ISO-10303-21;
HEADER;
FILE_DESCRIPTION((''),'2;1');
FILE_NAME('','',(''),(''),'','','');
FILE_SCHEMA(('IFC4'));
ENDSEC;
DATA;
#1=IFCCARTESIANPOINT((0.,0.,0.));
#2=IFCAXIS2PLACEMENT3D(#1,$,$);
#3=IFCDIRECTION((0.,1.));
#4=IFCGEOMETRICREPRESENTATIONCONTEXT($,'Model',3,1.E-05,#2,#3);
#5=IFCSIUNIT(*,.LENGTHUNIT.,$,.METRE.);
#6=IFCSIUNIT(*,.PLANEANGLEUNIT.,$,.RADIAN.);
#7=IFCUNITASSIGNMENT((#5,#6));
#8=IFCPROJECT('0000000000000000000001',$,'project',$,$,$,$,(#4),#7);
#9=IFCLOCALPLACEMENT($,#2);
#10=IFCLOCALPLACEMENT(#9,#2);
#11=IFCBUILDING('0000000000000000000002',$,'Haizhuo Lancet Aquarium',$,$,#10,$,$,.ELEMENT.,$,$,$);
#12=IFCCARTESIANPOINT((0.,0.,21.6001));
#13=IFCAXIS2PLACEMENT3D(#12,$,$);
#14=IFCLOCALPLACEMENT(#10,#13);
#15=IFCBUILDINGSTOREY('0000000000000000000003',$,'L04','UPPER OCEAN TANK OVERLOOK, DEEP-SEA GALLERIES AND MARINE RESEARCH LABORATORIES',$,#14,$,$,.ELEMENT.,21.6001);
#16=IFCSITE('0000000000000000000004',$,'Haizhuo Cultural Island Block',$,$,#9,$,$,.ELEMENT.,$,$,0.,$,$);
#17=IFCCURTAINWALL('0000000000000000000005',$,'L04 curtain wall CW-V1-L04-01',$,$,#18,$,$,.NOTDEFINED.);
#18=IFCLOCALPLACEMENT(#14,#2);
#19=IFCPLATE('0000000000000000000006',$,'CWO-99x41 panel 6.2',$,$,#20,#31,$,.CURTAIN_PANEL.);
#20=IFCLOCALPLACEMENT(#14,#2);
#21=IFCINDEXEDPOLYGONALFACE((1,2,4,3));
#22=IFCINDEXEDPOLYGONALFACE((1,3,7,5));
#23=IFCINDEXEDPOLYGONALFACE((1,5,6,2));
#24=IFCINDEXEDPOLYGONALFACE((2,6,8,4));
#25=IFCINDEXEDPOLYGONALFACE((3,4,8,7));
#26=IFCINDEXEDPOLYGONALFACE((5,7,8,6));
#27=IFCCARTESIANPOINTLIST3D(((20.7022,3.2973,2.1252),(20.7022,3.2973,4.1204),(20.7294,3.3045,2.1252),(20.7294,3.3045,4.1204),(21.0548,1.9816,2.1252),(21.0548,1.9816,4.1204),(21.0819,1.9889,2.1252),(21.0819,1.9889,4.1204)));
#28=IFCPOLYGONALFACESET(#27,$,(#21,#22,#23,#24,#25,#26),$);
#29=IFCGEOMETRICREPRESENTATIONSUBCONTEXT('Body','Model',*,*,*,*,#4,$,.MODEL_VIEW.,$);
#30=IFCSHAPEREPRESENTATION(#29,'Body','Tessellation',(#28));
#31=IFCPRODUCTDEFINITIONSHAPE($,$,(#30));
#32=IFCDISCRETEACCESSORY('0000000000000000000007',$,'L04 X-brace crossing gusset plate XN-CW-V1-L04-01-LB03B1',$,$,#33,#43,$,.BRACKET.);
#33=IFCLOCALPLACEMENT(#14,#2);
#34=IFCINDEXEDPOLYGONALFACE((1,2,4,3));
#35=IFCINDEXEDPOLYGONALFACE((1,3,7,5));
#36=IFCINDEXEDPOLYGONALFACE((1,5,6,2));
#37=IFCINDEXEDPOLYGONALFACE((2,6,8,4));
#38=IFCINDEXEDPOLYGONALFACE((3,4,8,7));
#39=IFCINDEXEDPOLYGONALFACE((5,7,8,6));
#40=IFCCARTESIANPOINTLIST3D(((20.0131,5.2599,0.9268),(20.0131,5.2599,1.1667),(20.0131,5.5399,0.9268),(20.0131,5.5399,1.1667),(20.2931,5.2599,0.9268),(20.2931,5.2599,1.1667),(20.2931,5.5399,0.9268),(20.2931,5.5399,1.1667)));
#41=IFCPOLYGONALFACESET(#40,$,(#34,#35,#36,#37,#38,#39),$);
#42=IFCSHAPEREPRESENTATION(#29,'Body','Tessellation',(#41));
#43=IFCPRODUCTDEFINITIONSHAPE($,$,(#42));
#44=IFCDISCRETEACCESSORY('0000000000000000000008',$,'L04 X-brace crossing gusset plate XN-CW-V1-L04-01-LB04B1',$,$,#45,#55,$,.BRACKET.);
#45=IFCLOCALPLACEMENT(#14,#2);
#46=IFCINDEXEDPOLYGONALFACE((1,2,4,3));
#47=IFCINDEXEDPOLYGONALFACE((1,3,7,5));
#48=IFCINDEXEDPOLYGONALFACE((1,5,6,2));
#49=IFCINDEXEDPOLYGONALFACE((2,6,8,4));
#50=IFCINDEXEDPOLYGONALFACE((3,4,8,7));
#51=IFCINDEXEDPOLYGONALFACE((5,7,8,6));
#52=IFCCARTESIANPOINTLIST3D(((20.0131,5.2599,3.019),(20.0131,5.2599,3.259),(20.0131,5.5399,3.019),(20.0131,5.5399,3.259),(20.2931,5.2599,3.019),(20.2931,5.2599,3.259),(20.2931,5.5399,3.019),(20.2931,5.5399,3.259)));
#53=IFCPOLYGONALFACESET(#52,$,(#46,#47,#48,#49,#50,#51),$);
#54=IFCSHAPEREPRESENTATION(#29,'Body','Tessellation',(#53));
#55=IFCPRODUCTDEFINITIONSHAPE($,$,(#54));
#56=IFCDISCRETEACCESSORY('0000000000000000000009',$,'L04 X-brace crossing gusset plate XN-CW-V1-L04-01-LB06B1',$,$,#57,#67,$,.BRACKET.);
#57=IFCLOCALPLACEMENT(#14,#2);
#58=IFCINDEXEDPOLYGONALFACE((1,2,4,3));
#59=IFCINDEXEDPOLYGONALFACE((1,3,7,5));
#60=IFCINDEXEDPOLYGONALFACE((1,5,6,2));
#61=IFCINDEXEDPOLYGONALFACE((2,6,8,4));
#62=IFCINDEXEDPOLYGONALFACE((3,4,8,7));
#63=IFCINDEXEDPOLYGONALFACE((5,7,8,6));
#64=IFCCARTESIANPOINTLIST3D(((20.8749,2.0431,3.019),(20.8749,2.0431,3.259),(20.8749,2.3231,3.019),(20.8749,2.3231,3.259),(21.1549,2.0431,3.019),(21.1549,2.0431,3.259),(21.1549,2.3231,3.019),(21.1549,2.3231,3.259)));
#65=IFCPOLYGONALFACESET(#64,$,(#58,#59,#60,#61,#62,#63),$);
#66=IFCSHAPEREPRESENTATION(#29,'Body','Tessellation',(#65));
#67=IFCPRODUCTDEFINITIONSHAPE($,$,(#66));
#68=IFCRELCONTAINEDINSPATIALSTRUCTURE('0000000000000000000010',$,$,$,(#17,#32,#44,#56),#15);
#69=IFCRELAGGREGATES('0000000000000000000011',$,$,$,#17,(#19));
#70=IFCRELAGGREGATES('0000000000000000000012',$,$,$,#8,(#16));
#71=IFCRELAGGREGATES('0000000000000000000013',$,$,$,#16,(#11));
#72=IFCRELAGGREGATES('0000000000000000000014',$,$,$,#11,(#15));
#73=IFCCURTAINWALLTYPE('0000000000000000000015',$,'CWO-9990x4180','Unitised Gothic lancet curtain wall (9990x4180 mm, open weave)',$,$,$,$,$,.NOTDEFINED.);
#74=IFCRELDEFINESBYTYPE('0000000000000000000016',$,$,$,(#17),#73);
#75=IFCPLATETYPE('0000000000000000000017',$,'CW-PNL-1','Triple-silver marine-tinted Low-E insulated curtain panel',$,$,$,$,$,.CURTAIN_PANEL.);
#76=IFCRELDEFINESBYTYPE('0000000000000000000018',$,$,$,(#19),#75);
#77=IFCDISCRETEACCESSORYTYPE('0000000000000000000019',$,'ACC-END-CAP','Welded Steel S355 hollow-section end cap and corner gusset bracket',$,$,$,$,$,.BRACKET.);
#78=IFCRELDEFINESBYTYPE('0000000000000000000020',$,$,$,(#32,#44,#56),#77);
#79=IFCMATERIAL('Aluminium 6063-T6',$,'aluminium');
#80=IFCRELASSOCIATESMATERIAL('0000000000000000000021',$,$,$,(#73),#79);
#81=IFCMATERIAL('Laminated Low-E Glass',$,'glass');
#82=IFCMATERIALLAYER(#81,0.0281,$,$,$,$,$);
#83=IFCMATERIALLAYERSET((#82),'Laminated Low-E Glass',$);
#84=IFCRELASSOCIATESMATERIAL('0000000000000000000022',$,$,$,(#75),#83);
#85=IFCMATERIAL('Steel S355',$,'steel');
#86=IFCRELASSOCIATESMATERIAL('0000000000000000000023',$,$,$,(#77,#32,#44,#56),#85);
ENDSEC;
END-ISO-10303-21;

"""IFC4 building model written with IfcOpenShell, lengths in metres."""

from ifc_helpers import new_model, si_unit, direction, frame, origin, origin_2d, place, context, subcontext, project, spatial, rectangle, extrude, material, layer, layer_set, type_object, element, aggregate, save


model = new_model("IFC4")

# Units and contexts
model_context = context("Model", 3, precision=1e-05, world=origin(), true_north=direction((0.0, 1.0)))
body_context = subcontext(model_context, "Body", "Model", "MODEL_VIEW")
ifc_project = project(units=[si_unit("LENGTHUNIT", "METRE"), si_unit("PLANEANGLEUNIT", "RADIAN")], contexts=[model_context])

# Site, building, storey
site_placement = place(None, origin())
site = spatial("IfcSite", under=ifc_project, at=site_placement, Name="Haizhuo Cultural Island Block", CompositionType="ELEMENT", RefElevation=0.0)
building_placement = place(site_placement, origin())
building = spatial("IfcBuilding", under=site, at=building_placement, Name="Haizhuo Lancet Aquarium", CompositionType="ELEMENT")
storey_placement = place(building_placement, frame((0.0, 0.0, 21.6001)))
storey = spatial("IfcBuildingStorey", under=building, at=storey_placement, Name="L04", Description="UPPER OCEAN TANK OVERLOOK, DEEP-SEA GALLERIES AND MARINE RESEARCH LABORATORIES", CompositionType="ELEMENT", Elevation=21.6001)

# Curtain wall
ifc_material_1 = material(Name="Aluminium 6063-T6", Category="aluminium")
curtain_wall_type = type_object("IfcCurtainWallType", Name="CWO-9990x4180", Description="Unitised Gothic lancet curtain wall (9990x4180 mm, open weave)", PredefinedType="NOTDEFINED", material=ifc_material_1)
curtain_wall_placement = place(storey_placement, origin())
curtain_wall = element("IfcCurtainWall", 1, at=curtain_wall_placement, inside=storey, type_object=curtain_wall_type, Name="L04 curtain wall CW-V1-L04-01", PredefinedType="NOTDEFINED")

# Shared definitions
ifc_material_2 = material(Name="Steel S355", Category="steel")

# Plate
ifc_material_3 = material(Name="Laminated Low-E Glass", Category="glass")
ifc_layer = layer(ifc_material_3, 0.0281)
ifc_layer_set = layer_set([ifc_layer], Name="Laminated Low-E Glass")
plate_type = type_object("IfcPlateType", Name="CW-PNL-1", Description="Triple-silver marine-tinted Low-E insulated curtain panel", PredefinedType="CURTAIN_PANEL", material=ifc_layer_set)
plate_1_placement = place(storey_placement, frame((20.8921, 2.6431, 2.1252), z_axis=(0.0, 0.0, 1.0), x_axis=(0.258853, -0.965917, 0.0)))
plate_1 = element("IfcPlate", 2, at=plate_1_placement, type_object=plate_type, Name="CWO-99x41 panel 6.2", PredefinedType="CURTAIN_PANEL", context=body_context, shape_type="SweptSolid", body=[
    extrude(rectangle(XDim=1.3621, YDim=0.0281, at=origin_2d()), origin(), (0.0, 0.0, 1.0), 1.9951),
])
aggregate(curtain_wall, [plate_1])

# Discrete accessories
discrete_accessory_type = type_object("IfcDiscreteAccessoryType", Name="ACC-END-CAP", Description="Welded Steel S355 hollow-section end cap and corner gusset bracket", PredefinedType="BRACKET", material=ifc_material_2)
for number, where, z_axis, x_axis, name in (
    (3, (20.1531, 5.3999, 0.9268), (0.0, 0.0, 1.0), (1.0, 0.0, 0.0), "L04 X-brace crossing gusset plate XN-CW-V1-L04-01-LB03B1"),
    (4, (20.1531, 5.3999, 3.019), (0.0, 0.0, 1.0), (1.0, 0.0, 0.0), "L04 X-brace crossing gusset plate XN-CW-V1-L04-01-LB04B1"),
    (5, (21.0149, 2.1831, 3.019), (0.0, 0.0, 1.0), (1.0, 0.0, 0.0), "L04 X-brace crossing gusset plate XN-CW-V1-L04-01-LB06B1"),
):
    element("IfcDiscreteAccessory", number, at=place(storey_placement, frame(where, z_axis=z_axis, x_axis=x_axis)), inside=storey, type_object=discrete_accessory_type, material=ifc_material_2, Name=name, PredefinedType="BRACKET", context=body_context, shape_type="SweptSolid", body=[
        extrude(rectangle(XDim=0.28, YDim=0.28, at=origin_2d()), origin(), (0.0, 0.0, 1.0), 0.24),
    ])

save(model, "model.ifc")
